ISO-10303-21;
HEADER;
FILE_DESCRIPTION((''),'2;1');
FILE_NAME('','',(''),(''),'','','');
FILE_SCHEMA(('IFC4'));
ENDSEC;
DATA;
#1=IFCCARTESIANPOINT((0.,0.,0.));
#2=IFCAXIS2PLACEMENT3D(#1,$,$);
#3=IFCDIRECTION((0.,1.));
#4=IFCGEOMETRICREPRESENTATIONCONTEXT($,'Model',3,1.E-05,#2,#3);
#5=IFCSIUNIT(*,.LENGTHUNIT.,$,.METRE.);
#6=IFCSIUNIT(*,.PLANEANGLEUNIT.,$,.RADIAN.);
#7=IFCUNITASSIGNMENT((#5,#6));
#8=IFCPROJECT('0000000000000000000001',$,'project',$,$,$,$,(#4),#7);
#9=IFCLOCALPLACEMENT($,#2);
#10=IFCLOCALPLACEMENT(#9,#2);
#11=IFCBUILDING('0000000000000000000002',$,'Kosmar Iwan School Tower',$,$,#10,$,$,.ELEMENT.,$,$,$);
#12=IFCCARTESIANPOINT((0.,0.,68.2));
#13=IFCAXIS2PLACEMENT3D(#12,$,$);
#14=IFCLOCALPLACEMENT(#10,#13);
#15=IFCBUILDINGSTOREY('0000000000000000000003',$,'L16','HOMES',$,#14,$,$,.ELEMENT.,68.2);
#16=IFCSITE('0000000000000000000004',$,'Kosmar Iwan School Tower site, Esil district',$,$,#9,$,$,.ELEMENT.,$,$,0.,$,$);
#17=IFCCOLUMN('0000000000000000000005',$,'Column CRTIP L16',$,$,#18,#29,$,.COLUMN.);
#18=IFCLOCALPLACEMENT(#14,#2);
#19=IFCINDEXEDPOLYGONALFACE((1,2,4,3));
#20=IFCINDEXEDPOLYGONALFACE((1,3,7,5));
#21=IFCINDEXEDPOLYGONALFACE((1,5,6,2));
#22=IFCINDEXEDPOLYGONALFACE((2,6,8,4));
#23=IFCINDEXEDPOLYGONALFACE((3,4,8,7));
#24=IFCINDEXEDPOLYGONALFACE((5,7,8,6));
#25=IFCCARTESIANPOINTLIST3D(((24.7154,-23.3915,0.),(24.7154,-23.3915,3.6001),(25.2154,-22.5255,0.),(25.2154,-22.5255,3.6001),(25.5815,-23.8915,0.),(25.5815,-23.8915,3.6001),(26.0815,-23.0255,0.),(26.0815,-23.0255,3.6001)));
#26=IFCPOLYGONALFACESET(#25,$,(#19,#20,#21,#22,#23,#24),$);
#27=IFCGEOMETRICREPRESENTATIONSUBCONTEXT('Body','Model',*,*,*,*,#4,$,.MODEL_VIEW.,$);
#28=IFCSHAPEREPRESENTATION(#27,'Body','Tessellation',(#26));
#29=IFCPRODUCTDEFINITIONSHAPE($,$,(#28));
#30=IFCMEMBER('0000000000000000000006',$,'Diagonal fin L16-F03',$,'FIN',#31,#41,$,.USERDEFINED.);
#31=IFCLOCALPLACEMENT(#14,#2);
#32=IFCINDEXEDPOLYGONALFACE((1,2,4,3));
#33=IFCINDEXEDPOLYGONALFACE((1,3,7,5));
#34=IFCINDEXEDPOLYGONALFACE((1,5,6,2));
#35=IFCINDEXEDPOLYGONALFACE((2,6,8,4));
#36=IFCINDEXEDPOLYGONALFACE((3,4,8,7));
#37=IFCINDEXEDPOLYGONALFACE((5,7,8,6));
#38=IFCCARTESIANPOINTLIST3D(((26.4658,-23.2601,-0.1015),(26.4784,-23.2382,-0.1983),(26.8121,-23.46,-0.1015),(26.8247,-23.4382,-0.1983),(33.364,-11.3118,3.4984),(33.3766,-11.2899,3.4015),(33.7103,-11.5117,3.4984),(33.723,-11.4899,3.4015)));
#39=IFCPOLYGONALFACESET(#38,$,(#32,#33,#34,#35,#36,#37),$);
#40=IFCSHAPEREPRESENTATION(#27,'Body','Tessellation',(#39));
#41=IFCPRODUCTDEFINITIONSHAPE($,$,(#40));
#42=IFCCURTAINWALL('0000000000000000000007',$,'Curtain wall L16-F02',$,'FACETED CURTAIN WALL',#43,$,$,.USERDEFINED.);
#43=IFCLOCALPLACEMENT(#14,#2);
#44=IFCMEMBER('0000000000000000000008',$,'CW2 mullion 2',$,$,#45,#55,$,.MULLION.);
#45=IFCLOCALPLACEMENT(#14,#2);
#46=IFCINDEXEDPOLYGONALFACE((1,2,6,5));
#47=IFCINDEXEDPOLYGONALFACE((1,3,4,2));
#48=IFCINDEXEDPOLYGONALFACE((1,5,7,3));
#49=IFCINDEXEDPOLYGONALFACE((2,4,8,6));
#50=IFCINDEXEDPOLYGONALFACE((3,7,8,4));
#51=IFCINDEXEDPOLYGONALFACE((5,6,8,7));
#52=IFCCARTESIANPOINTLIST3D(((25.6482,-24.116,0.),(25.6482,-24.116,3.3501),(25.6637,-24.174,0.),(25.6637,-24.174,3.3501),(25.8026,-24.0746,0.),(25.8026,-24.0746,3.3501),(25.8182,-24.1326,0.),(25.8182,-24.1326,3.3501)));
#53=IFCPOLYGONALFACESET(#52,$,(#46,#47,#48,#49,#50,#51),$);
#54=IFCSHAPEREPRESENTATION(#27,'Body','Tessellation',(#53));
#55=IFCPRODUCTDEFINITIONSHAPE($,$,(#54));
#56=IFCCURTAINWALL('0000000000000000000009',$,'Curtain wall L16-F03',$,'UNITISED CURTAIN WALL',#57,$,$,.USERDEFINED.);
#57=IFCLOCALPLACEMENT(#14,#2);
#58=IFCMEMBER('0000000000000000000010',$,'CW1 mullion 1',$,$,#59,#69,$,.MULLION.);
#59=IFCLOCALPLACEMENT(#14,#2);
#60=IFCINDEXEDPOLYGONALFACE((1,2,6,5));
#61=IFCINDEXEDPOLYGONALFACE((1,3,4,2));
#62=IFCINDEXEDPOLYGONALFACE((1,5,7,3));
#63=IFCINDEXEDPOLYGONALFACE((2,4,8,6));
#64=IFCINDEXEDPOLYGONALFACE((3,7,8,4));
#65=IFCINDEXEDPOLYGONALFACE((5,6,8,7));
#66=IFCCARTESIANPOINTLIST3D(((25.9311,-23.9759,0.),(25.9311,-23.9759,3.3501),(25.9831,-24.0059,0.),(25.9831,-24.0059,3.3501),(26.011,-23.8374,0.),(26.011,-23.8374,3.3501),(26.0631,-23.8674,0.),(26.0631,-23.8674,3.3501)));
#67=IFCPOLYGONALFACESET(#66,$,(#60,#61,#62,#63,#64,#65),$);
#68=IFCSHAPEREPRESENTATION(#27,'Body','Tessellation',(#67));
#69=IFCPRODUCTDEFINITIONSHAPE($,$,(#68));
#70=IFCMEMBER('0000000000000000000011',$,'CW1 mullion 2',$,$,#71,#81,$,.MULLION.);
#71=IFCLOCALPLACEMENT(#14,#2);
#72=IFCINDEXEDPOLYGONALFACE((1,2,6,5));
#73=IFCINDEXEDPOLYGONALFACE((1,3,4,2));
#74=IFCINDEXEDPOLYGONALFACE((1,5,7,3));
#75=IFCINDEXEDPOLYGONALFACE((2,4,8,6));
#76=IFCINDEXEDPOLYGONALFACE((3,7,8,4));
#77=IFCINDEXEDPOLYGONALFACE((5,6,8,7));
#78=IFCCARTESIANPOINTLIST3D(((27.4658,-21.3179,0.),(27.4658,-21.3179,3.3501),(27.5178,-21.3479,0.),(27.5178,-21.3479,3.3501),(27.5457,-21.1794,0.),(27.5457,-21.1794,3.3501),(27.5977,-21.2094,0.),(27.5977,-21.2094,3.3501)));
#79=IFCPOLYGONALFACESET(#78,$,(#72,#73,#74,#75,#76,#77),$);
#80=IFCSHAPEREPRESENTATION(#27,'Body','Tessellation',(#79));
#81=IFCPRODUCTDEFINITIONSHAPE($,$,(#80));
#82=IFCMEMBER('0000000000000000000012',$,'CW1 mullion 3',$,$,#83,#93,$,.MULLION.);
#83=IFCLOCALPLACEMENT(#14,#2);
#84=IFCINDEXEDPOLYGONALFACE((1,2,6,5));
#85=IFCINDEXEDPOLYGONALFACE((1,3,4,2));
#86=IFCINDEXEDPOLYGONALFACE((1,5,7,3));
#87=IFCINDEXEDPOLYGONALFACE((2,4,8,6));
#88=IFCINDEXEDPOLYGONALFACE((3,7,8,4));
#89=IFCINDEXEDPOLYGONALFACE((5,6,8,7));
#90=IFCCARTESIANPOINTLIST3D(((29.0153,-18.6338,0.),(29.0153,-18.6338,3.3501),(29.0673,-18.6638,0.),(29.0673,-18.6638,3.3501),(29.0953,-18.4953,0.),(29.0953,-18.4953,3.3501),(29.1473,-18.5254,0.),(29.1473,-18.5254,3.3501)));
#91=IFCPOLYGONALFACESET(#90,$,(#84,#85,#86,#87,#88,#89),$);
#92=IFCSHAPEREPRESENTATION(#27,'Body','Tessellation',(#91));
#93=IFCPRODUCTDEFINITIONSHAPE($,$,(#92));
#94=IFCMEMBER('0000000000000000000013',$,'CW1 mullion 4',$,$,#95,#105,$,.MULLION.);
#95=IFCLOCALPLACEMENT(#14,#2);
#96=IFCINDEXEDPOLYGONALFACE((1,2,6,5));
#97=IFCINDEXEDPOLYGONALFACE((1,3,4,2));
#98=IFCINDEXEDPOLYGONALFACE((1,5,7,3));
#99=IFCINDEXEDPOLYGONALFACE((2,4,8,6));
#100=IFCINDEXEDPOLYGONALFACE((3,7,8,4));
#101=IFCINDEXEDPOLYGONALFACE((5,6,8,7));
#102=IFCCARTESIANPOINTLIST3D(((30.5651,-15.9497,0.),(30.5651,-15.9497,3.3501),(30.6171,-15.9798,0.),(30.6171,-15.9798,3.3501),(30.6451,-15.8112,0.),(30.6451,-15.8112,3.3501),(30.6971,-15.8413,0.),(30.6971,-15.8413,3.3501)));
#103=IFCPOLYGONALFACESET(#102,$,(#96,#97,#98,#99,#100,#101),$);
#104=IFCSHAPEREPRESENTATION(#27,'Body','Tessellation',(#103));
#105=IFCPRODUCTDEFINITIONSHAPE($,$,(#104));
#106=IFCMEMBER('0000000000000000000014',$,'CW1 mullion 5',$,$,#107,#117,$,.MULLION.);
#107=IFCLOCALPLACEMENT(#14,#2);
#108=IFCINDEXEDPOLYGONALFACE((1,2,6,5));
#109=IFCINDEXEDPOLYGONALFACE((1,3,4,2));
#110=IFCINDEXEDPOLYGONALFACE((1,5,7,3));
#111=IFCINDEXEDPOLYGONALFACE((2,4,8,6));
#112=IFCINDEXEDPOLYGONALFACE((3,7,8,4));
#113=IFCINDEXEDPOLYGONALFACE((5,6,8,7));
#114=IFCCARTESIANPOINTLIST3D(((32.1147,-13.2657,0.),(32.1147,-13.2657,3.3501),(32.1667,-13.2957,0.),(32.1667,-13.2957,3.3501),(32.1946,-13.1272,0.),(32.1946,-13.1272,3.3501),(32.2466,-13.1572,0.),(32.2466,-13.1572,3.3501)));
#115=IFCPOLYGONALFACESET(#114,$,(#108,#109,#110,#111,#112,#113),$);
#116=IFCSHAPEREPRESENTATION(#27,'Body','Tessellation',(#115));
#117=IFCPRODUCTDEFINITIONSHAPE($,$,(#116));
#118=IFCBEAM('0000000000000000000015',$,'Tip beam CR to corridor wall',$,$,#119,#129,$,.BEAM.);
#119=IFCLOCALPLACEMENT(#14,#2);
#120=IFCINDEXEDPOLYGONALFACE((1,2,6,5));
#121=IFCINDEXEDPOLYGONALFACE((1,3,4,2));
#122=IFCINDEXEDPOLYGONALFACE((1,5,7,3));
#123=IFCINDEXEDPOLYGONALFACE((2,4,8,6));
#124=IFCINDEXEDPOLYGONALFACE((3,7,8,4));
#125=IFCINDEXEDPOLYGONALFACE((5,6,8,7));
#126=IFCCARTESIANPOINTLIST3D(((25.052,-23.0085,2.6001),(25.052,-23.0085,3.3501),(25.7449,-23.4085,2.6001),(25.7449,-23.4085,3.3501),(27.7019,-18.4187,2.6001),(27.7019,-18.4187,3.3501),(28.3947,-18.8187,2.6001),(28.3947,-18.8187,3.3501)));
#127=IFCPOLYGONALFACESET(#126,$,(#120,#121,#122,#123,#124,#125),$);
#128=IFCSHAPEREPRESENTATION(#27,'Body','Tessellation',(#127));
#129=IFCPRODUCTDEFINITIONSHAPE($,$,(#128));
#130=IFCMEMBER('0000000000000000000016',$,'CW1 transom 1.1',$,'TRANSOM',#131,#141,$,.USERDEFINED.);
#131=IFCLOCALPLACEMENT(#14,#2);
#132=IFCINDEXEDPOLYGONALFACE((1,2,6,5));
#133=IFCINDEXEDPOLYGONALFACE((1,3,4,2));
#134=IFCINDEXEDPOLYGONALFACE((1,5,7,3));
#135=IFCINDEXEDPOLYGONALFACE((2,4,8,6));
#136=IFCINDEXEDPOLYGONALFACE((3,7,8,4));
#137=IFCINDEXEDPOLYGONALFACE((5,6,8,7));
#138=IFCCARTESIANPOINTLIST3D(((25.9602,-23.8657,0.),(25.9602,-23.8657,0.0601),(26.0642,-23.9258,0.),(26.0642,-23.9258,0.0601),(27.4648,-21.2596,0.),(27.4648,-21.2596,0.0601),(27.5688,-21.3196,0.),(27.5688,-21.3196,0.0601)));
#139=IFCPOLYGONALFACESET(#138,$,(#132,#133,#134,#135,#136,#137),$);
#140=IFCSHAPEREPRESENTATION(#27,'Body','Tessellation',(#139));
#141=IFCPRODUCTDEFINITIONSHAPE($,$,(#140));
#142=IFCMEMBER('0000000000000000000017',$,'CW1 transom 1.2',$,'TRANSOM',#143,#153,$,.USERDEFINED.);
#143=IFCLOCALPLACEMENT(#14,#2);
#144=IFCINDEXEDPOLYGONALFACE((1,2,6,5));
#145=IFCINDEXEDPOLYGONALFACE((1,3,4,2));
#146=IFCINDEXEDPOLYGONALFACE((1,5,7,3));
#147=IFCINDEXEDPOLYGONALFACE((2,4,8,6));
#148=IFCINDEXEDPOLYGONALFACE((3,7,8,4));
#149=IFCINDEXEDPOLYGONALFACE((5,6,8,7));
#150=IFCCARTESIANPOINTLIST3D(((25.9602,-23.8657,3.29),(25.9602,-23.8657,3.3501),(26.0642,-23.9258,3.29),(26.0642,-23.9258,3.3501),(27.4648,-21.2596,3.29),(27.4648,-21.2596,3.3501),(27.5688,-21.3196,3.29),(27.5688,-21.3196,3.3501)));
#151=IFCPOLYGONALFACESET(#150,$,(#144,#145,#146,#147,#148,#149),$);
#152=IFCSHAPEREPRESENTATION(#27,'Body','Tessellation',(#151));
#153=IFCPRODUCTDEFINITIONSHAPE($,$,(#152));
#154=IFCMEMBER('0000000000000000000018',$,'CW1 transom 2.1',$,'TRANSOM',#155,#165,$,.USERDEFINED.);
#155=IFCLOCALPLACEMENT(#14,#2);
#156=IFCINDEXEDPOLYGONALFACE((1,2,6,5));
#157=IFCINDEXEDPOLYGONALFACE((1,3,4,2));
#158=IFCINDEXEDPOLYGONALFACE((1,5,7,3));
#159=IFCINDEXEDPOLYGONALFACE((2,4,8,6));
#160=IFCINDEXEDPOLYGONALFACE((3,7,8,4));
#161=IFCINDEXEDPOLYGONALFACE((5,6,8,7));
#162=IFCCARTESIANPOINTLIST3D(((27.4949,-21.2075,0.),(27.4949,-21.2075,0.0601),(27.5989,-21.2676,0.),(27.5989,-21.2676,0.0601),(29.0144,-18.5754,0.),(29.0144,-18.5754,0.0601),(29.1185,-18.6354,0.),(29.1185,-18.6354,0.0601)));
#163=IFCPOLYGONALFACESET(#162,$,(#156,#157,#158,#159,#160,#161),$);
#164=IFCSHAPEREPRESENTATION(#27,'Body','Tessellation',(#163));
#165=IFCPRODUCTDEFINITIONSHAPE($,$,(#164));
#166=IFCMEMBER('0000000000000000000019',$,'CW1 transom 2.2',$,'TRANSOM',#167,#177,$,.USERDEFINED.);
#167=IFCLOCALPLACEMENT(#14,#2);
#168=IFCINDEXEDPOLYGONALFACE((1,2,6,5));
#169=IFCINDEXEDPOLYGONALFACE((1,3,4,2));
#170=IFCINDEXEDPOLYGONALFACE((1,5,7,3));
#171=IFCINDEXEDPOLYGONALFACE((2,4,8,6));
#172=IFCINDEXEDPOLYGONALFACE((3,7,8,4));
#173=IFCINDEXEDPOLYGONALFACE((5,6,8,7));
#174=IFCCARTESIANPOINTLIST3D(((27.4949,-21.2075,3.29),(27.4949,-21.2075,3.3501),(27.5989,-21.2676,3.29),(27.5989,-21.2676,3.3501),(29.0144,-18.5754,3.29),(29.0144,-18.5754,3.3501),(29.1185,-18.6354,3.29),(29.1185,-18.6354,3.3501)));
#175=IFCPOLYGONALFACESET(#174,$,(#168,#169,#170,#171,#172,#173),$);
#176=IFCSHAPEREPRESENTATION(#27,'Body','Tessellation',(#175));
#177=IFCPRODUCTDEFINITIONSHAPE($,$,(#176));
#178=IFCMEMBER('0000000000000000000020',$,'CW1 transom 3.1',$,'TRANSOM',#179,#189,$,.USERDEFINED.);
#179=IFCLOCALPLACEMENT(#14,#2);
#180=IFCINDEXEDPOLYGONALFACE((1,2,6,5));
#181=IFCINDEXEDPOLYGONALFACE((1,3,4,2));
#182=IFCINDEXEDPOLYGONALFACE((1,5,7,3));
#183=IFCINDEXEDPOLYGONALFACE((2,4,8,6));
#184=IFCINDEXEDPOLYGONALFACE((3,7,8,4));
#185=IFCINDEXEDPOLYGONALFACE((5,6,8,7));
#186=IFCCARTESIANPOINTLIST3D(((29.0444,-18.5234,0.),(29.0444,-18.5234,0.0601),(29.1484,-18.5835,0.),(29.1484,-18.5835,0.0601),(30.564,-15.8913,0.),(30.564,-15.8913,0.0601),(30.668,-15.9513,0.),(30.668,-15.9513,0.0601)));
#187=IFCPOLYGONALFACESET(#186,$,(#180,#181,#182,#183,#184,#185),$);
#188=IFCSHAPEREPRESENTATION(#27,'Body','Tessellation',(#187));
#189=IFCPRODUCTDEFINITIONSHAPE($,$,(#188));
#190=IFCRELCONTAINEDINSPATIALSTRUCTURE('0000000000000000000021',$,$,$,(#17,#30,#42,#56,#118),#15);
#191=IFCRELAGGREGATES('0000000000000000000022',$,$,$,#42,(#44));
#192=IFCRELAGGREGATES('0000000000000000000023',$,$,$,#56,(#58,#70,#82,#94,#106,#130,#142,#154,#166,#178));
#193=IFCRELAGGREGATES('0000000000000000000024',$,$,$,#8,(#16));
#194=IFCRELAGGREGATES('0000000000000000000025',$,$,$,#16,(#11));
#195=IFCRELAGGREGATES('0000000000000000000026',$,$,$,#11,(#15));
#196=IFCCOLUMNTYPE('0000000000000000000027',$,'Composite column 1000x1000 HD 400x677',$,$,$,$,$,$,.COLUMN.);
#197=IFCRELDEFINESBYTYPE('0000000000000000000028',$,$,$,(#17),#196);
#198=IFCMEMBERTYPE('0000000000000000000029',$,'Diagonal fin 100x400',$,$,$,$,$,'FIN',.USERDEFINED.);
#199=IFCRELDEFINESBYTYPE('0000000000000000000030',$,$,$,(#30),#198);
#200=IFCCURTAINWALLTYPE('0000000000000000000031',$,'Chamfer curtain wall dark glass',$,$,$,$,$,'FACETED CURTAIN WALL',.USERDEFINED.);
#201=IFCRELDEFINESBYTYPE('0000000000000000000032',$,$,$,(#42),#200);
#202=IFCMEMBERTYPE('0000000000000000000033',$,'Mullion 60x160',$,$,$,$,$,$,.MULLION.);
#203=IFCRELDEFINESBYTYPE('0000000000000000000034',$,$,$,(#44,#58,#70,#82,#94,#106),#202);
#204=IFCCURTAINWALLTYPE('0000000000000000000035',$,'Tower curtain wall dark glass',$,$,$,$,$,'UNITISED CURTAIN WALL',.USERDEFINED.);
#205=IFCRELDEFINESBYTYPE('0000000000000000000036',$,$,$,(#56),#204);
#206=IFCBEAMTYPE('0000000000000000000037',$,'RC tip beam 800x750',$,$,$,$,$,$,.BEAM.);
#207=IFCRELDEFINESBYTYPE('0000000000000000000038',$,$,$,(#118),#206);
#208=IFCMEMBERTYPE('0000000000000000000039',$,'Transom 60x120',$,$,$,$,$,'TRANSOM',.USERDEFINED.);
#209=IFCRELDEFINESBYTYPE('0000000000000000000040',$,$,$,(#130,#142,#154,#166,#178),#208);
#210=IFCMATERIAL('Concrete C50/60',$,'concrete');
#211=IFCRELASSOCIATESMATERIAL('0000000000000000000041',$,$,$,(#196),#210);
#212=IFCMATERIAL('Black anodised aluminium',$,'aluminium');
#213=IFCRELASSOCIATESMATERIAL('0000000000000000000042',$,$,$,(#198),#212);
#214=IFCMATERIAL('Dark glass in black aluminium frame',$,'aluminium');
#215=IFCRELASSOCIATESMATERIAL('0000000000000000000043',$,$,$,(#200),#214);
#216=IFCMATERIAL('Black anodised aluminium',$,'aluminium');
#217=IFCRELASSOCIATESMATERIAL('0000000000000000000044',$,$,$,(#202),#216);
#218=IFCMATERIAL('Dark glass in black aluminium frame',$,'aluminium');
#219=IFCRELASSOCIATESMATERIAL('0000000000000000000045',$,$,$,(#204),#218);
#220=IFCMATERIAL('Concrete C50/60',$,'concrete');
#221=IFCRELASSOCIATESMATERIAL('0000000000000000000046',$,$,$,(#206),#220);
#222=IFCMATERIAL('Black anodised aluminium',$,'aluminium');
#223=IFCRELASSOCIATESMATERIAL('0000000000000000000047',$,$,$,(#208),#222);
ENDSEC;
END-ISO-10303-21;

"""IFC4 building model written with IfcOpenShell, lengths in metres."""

from ifc_helpers import new_model, si_unit, direction, frame, origin, origin_2d, place, context, subcontext, project, spatial, rectangle, extrude, material, material_profile, profile_set, type_object, element, aggregate, save


model = new_model("IFC4")

# Units and contexts
model_context = context("Model", 3, precision=1e-05, world=origin(), true_north=direction((0.0, 1.0)))
body_context = subcontext(model_context, "Body", "Model", "MODEL_VIEW")
ifc_project = project(units=[si_unit("LENGTHUNIT", "METRE"), si_unit("PLANEANGLEUNIT", "RADIAN")], contexts=[model_context])

# Site, building, storey
site_placement = place(None, origin())
site = spatial("IfcSite", under=ifc_project, at=site_placement, Name="Kosmar Iwan School Tower site, Esil district", CompositionType="ELEMENT", RefElevation=0.0)
building_placement = place(site_placement, origin())
building = spatial("IfcBuilding", under=site, at=building_placement, Name="Kosmar Iwan School Tower", CompositionType="ELEMENT")
storey_placement = place(building_placement, frame((0.0, 0.0, 68.2)))
storey = spatial("IfcBuildingStorey", under=building, at=storey_placement, Name="L16", Description="HOMES", CompositionType="ELEMENT", Elevation=68.2)

# Column
ifc_material_1 = material(Name="Concrete C50/60", Category="concrete")
ifc_material_profile_1 = material_profile(ifc_material_1, rectangle(XDim=1.0, YDim=1.0, at=origin_2d()), Name="RC 1000x1000 + HD 400x677")
ifc_profile_set_1 = profile_set([ifc_material_profile_1], Name="Concrete C50/60")
column_type = type_object("IfcColumnType", Name="Composite column 1000x1000 HD 400x677", PredefinedType="COLUMN", material=ifc_profile_set_1)
column_placement = place(storey_placement, frame((25.3984, -23.2085, 0.0), z_axis=(0.0, 0.0, 1.0), x_axis=(0.866025, -0.5, 0.0)))
element("IfcColumn", 1, at=column_placement, inside=storey, type_object=column_type, Name="Column CRTIP L16", PredefinedType="COLUMN", context=body_context, shape_type="SweptSolid", body=[
    extrude(rectangle(XDim=1.0, YDim=1.0, at=origin_2d()), origin(), (0.0, 0.0, 1.0), 3.6001),
])

# Member
ifc_material_2 = material(Name="Black anodised aluminium", Category="aluminium")
ifc_material_profile_2 = material_profile(ifc_material_2, rectangle(XDim=0.1001, YDim=0.3999, at=origin_2d()), Name="FIN 100x400")
ifc_profile_set_2 = profile_set([ifc_material_profile_2], Name="Black anodised aluminium")
member_type_1 = type_object("IfcMemberType", Name="Diagonal fin 100x400", ElementType="FIN", PredefinedType="USERDEFINED", material=ifc_profile_set_2)
member_1_placement = place(storey_placement, frame((26.6453, -23.3491, -0.1499), z_axis=(0.483796, 0.837974, 0.252471), x_axis=(-0.126234, -0.218647, 0.967604)))
element("IfcMember", 2, at=member_1_placement, inside=storey, type_object=member_type_1, Name="Diagonal fin L16-F03", ObjectType="FIN", PredefinedType="USERDEFINED", context=body_context, shape_type="SweptSolid", body=[
    extrude(rectangle(XDim=0.1001, YDim=0.3999, at=origin_2d()), origin(), (0.0, 0.0, 1.0), 14.2585),
])

# Curtain wall, member
ifc_material_3 = material(Name="Dark glass in black aluminium frame", Category="aluminium")
curtain_wall_type_1 = type_object("IfcCurtainWallType", Name="Chamfer curtain wall dark glass", ElementType="FACETED CURTAIN WALL", PredefinedType="USERDEFINED", material=ifc_material_3)
curtain_wall_1_placement = place(storey_placement, origin())
curtain_wall_1 = element("IfcCurtainWall", 3, at=curtain_wall_1_placement, inside=storey, type_object=curtain_wall_type_1, Name="Curtain wall L16-F02", ObjectType="FACETED CURTAIN WALL", PredefinedType="USERDEFINED")
ifc_material_4 = material(Name="Black anodised aluminium", Category="aluminium")
ifc_material_profile_3 = material_profile(ifc_material_4, rectangle(XDim=0.0601, YDim=0.1599, at=origin_2d()), Name="MULLION 60x160")
ifc_profile_set_3 = profile_set([ifc_material_profile_3], Name="Black anodised aluminium")
member_type_2 = type_object("IfcMemberType", Name="Mullion 60x160", PredefinedType="MULLION", material=ifc_profile_set_3)
member_2_placement = place(storey_placement, frame((25.7332, -24.1243, 0.0), z_axis=(0.0, 0.0, 1.0), x_axis=(-0.258819, 0.965926, 0.0)))
member_2 = element("IfcMember", 4, at=member_2_placement, type_object=member_type_2, Name="CW2 mullion 2", PredefinedType="MULLION", context=body_context, shape_type="SweptSolid", body=[
    extrude(rectangle(XDim=0.0601, YDim=0.1599, at=origin_2d()), origin(), (0.0, 0.0, 1.0), 3.3501),
])

# Curtain wall, members
ifc_material_5 = material(Name="Dark glass in black aluminium frame", Category="aluminium")
curtain_wall_type_2 = type_object("IfcCurtainWallType", Name="Tower curtain wall dark glass", ElementType="UNITISED CURTAIN WALL", PredefinedType="USERDEFINED", material=ifc_material_5)
curtain_wall_2_placement = place(storey_placement, origin())
curtain_wall_2 = element("IfcCurtainWall", 5, at=curtain_wall_2_placement, inside=storey, type_object=curtain_wall_type_2, Name="Curtain wall L16-F03", ObjectType="UNITISED CURTAIN WALL", PredefinedType="USERDEFINED")
member_3_placement = place(storey_placement, frame((25.9971, -23.9216, 0.0), z_axis=(0.0, 0.0, 1.0), x_axis=(-0.866025, 0.5, 0.0)))
member_3 = element("IfcMember", 6, at=member_3_placement, type_object=member_type_2, Name="CW1 mullion 1", PredefinedType="MULLION", context=body_context, shape_type="SweptSolid", body=[
    extrude(rectangle(XDim=0.0601, YDim=0.1599, at=origin_2d()), origin(), (0.0, 0.0, 1.0), 3.3501),
])
member_4_placement = place(storey_placement, frame((27.5317, -21.2637, 0.0), z_axis=(0.0, 0.0, 1.0), x_axis=(-0.866025, 0.5, 0.0)))
member_4 = element("IfcMember", 7, at=member_4_placement, type_object=member_type_2, Name="CW1 mullion 2", PredefinedType="MULLION", context=body_context, shape_type="SweptSolid", body=[
    extrude(rectangle(XDim=0.0601, YDim=0.1599, at=origin_2d()), origin(), (0.0, 0.0, 1.0), 3.3501),
])
member_5_placement = place(storey_placement, frame((29.0813, -18.5796, 0.0), z_axis=(0.0, 0.0, 1.0), x_axis=(-0.866025, 0.5, 0.0)))
member_5 = element("IfcMember", 8, at=member_5_placement, type_object=member_type_2, Name="CW1 mullion 3", PredefinedType="MULLION", context=body_context, shape_type="SweptSolid", body=[
    extrude(rectangle(XDim=0.0601, YDim=0.1599, at=origin_2d()), origin(), (0.0, 0.0, 1.0), 3.3501),
])
member_6_placement = place(storey_placement, frame((30.6311, -15.8955, 0.0), z_axis=(0.0, 0.0, 1.0), x_axis=(-0.866025, 0.5, 0.0)))
member_6 = element("IfcMember", 9, at=member_6_placement, type_object=member_type_2, Name="CW1 mullion 4", PredefinedType="MULLION", context=body_context, shape_type="SweptSolid", body=[
    extrude(rectangle(XDim=0.0601, YDim=0.1599, at=origin_2d()), origin(), (0.0, 0.0, 1.0), 3.3501),
])
member_7_placement = place(storey_placement, frame((32.1807, -13.2114, 0.0), z_axis=(0.0, 0.0, 1.0), x_axis=(-0.866025, 0.5, 0.0)))
member_7 = element("IfcMember", 10, at=member_7_placement, type_object=member_type_2, Name="CW1 mullion 5", PredefinedType="MULLION", context=body_context, shape_type="SweptSolid", body=[
    extrude(rectangle(XDim=0.0601, YDim=0.1599, at=origin_2d()), origin(), (0.0, 0.0, 1.0), 3.3501),
])

# Beam
ifc_material_6 = material(Name="Concrete C50/60", Category="concrete")
ifc_material_profile_4 = material_profile(ifc_material_6, rectangle(XDim=0.8, YDim=0.75, at=origin_2d()), Name="RC 800x750")
ifc_profile_set_4 = profile_set([ifc_material_profile_4], Name="Concrete C50/60")
beam_type = type_object("IfcBeamType", Name="RC tip beam 800x750", PredefinedType="BEAM", material=ifc_profile_set_4)
beam_placement = place(storey_placement, frame((25.3984, -23.2085, 2.9751), z_axis=(0.499994, 0.866029, 0.0), x_axis=(-0.866029, 0.499994, 0.0)))
element("IfcBeam", 11, at=beam_placement, inside=storey, type_object=beam_type, Name="Tip beam CR to corridor wall", PredefinedType="BEAM", context=body_context, shape_type="SweptSolid", body=[
    extrude(rectangle(XDim=0.8, YDim=0.75, at=origin_2d()), origin(), (0.0, 0.0, 1.0), 5.2998),
])

# Members
ifc_material_7 = material(Name="Black anodised aluminium", Category="aluminium")
ifc_material_profile_5 = material_profile(ifc_material_7, rectangle(XDim=0.1201, YDim=0.0601, at=origin_2d()), Name="TRANSOM 60x120")
ifc_profile_set_5 = profile_set([ifc_material_profile_5], Name="Black anodised aluminium")
member_type_3 = type_object("IfcMemberType", Name="Transom 60x120", ElementType="TRANSOM", PredefinedType="USERDEFINED", material=ifc_profile_set_5)
member_8_placement = place(storey_placement, frame((26.0122, -23.8958, 0.03), z_axis=(0.499987, 0.866033, 0.0), x_axis=(-0.866033, 0.499987, 0.0)))
member_8 = element("IfcMember", 12, at=member_8_placement, type_object=member_type_3, Name="CW1 transom 1.1", ObjectType="TRANSOM", PredefinedType="USERDEFINED", context=body_context, shape_type="SweptSolid", body=[
    extrude(rectangle(XDim=0.1201, YDim=0.0601, at=origin_2d()), origin(), (0.0, 0.0, 1.0), 3.0093),
])
member_9_placement = place(storey_placement, frame((26.0122, -23.8958, 3.3201), z_axis=(0.499987, 0.866033, 0.0), x_axis=(-0.866033, 0.499987, 0.0)))
member_9 = element("IfcMember", 13, at=member_9_placement, type_object=member_type_3, Name="CW1 transom 1.2", ObjectType="TRANSOM", PredefinedType="USERDEFINED", context=body_context, shape_type="SweptSolid", body=[
    extrude(rectangle(XDim=0.1201, YDim=0.0601, at=origin_2d()), origin(), (0.0, 0.0, 1.0), 3.0093),
])
member_10_placement = place(storey_placement, frame((27.5469, -21.2375, 0.03), z_axis=(0.499975, 0.86604, 0.0), x_axis=(-0.86604, 0.499975, 0.0)))
member_10 = element("IfcMember", 14, at=member_10_placement, type_object=member_type_3, Name="CW1 transom 2.1", ObjectType="TRANSOM", PredefinedType="USERDEFINED", context=body_context, shape_type="SweptSolid", body=[
    extrude(rectangle(XDim=0.1201, YDim=0.0601, at=origin_2d()), origin(), (0.0, 0.0, 1.0), 3.0393),
])
member_11_placement = place(storey_placement, frame((27.5469, -21.2375, 3.3201), z_axis=(0.499975, 0.86604, 0.0), x_axis=(-0.86604, 0.499975, 0.0)))
member_11 = element("IfcMember", 15, at=member_11_placement, type_object=member_type_3, Name="CW1 transom 2.2", ObjectType="TRANSOM", PredefinedType="USERDEFINED", context=body_context, shape_type="SweptSolid", body=[
    extrude(rectangle(XDim=0.1201, YDim=0.0601, at=origin_2d()), origin(), (0.0, 0.0, 1.0), 3.0393),
])
member_12_placement = place(storey_placement, frame((29.0964, -18.5535, 0.03), z_axis=(0.499975, 0.86604, 0.0), x_axis=(-0.86604, 0.499975, 0.0)))
member_12 = element("IfcMember", 16, at=member_12_placement, type_object=member_type_3, Name="CW1 transom 3.1", ObjectType="TRANSOM", PredefinedType="USERDEFINED", context=body_context, shape_type="SweptSolid", body=[
    extrude(rectangle(XDim=0.1201, YDim=0.0601, at=origin_2d()), origin(), (0.0, 0.0, 1.0), 3.0393),
])

aggregate(curtain_wall_1, [member_2])
aggregate(curtain_wall_2, [member_3, member_4, member_5, member_6, member_7, member_8, member_9, member_10, member_11, member_12])

save(model, "model.ifc")
